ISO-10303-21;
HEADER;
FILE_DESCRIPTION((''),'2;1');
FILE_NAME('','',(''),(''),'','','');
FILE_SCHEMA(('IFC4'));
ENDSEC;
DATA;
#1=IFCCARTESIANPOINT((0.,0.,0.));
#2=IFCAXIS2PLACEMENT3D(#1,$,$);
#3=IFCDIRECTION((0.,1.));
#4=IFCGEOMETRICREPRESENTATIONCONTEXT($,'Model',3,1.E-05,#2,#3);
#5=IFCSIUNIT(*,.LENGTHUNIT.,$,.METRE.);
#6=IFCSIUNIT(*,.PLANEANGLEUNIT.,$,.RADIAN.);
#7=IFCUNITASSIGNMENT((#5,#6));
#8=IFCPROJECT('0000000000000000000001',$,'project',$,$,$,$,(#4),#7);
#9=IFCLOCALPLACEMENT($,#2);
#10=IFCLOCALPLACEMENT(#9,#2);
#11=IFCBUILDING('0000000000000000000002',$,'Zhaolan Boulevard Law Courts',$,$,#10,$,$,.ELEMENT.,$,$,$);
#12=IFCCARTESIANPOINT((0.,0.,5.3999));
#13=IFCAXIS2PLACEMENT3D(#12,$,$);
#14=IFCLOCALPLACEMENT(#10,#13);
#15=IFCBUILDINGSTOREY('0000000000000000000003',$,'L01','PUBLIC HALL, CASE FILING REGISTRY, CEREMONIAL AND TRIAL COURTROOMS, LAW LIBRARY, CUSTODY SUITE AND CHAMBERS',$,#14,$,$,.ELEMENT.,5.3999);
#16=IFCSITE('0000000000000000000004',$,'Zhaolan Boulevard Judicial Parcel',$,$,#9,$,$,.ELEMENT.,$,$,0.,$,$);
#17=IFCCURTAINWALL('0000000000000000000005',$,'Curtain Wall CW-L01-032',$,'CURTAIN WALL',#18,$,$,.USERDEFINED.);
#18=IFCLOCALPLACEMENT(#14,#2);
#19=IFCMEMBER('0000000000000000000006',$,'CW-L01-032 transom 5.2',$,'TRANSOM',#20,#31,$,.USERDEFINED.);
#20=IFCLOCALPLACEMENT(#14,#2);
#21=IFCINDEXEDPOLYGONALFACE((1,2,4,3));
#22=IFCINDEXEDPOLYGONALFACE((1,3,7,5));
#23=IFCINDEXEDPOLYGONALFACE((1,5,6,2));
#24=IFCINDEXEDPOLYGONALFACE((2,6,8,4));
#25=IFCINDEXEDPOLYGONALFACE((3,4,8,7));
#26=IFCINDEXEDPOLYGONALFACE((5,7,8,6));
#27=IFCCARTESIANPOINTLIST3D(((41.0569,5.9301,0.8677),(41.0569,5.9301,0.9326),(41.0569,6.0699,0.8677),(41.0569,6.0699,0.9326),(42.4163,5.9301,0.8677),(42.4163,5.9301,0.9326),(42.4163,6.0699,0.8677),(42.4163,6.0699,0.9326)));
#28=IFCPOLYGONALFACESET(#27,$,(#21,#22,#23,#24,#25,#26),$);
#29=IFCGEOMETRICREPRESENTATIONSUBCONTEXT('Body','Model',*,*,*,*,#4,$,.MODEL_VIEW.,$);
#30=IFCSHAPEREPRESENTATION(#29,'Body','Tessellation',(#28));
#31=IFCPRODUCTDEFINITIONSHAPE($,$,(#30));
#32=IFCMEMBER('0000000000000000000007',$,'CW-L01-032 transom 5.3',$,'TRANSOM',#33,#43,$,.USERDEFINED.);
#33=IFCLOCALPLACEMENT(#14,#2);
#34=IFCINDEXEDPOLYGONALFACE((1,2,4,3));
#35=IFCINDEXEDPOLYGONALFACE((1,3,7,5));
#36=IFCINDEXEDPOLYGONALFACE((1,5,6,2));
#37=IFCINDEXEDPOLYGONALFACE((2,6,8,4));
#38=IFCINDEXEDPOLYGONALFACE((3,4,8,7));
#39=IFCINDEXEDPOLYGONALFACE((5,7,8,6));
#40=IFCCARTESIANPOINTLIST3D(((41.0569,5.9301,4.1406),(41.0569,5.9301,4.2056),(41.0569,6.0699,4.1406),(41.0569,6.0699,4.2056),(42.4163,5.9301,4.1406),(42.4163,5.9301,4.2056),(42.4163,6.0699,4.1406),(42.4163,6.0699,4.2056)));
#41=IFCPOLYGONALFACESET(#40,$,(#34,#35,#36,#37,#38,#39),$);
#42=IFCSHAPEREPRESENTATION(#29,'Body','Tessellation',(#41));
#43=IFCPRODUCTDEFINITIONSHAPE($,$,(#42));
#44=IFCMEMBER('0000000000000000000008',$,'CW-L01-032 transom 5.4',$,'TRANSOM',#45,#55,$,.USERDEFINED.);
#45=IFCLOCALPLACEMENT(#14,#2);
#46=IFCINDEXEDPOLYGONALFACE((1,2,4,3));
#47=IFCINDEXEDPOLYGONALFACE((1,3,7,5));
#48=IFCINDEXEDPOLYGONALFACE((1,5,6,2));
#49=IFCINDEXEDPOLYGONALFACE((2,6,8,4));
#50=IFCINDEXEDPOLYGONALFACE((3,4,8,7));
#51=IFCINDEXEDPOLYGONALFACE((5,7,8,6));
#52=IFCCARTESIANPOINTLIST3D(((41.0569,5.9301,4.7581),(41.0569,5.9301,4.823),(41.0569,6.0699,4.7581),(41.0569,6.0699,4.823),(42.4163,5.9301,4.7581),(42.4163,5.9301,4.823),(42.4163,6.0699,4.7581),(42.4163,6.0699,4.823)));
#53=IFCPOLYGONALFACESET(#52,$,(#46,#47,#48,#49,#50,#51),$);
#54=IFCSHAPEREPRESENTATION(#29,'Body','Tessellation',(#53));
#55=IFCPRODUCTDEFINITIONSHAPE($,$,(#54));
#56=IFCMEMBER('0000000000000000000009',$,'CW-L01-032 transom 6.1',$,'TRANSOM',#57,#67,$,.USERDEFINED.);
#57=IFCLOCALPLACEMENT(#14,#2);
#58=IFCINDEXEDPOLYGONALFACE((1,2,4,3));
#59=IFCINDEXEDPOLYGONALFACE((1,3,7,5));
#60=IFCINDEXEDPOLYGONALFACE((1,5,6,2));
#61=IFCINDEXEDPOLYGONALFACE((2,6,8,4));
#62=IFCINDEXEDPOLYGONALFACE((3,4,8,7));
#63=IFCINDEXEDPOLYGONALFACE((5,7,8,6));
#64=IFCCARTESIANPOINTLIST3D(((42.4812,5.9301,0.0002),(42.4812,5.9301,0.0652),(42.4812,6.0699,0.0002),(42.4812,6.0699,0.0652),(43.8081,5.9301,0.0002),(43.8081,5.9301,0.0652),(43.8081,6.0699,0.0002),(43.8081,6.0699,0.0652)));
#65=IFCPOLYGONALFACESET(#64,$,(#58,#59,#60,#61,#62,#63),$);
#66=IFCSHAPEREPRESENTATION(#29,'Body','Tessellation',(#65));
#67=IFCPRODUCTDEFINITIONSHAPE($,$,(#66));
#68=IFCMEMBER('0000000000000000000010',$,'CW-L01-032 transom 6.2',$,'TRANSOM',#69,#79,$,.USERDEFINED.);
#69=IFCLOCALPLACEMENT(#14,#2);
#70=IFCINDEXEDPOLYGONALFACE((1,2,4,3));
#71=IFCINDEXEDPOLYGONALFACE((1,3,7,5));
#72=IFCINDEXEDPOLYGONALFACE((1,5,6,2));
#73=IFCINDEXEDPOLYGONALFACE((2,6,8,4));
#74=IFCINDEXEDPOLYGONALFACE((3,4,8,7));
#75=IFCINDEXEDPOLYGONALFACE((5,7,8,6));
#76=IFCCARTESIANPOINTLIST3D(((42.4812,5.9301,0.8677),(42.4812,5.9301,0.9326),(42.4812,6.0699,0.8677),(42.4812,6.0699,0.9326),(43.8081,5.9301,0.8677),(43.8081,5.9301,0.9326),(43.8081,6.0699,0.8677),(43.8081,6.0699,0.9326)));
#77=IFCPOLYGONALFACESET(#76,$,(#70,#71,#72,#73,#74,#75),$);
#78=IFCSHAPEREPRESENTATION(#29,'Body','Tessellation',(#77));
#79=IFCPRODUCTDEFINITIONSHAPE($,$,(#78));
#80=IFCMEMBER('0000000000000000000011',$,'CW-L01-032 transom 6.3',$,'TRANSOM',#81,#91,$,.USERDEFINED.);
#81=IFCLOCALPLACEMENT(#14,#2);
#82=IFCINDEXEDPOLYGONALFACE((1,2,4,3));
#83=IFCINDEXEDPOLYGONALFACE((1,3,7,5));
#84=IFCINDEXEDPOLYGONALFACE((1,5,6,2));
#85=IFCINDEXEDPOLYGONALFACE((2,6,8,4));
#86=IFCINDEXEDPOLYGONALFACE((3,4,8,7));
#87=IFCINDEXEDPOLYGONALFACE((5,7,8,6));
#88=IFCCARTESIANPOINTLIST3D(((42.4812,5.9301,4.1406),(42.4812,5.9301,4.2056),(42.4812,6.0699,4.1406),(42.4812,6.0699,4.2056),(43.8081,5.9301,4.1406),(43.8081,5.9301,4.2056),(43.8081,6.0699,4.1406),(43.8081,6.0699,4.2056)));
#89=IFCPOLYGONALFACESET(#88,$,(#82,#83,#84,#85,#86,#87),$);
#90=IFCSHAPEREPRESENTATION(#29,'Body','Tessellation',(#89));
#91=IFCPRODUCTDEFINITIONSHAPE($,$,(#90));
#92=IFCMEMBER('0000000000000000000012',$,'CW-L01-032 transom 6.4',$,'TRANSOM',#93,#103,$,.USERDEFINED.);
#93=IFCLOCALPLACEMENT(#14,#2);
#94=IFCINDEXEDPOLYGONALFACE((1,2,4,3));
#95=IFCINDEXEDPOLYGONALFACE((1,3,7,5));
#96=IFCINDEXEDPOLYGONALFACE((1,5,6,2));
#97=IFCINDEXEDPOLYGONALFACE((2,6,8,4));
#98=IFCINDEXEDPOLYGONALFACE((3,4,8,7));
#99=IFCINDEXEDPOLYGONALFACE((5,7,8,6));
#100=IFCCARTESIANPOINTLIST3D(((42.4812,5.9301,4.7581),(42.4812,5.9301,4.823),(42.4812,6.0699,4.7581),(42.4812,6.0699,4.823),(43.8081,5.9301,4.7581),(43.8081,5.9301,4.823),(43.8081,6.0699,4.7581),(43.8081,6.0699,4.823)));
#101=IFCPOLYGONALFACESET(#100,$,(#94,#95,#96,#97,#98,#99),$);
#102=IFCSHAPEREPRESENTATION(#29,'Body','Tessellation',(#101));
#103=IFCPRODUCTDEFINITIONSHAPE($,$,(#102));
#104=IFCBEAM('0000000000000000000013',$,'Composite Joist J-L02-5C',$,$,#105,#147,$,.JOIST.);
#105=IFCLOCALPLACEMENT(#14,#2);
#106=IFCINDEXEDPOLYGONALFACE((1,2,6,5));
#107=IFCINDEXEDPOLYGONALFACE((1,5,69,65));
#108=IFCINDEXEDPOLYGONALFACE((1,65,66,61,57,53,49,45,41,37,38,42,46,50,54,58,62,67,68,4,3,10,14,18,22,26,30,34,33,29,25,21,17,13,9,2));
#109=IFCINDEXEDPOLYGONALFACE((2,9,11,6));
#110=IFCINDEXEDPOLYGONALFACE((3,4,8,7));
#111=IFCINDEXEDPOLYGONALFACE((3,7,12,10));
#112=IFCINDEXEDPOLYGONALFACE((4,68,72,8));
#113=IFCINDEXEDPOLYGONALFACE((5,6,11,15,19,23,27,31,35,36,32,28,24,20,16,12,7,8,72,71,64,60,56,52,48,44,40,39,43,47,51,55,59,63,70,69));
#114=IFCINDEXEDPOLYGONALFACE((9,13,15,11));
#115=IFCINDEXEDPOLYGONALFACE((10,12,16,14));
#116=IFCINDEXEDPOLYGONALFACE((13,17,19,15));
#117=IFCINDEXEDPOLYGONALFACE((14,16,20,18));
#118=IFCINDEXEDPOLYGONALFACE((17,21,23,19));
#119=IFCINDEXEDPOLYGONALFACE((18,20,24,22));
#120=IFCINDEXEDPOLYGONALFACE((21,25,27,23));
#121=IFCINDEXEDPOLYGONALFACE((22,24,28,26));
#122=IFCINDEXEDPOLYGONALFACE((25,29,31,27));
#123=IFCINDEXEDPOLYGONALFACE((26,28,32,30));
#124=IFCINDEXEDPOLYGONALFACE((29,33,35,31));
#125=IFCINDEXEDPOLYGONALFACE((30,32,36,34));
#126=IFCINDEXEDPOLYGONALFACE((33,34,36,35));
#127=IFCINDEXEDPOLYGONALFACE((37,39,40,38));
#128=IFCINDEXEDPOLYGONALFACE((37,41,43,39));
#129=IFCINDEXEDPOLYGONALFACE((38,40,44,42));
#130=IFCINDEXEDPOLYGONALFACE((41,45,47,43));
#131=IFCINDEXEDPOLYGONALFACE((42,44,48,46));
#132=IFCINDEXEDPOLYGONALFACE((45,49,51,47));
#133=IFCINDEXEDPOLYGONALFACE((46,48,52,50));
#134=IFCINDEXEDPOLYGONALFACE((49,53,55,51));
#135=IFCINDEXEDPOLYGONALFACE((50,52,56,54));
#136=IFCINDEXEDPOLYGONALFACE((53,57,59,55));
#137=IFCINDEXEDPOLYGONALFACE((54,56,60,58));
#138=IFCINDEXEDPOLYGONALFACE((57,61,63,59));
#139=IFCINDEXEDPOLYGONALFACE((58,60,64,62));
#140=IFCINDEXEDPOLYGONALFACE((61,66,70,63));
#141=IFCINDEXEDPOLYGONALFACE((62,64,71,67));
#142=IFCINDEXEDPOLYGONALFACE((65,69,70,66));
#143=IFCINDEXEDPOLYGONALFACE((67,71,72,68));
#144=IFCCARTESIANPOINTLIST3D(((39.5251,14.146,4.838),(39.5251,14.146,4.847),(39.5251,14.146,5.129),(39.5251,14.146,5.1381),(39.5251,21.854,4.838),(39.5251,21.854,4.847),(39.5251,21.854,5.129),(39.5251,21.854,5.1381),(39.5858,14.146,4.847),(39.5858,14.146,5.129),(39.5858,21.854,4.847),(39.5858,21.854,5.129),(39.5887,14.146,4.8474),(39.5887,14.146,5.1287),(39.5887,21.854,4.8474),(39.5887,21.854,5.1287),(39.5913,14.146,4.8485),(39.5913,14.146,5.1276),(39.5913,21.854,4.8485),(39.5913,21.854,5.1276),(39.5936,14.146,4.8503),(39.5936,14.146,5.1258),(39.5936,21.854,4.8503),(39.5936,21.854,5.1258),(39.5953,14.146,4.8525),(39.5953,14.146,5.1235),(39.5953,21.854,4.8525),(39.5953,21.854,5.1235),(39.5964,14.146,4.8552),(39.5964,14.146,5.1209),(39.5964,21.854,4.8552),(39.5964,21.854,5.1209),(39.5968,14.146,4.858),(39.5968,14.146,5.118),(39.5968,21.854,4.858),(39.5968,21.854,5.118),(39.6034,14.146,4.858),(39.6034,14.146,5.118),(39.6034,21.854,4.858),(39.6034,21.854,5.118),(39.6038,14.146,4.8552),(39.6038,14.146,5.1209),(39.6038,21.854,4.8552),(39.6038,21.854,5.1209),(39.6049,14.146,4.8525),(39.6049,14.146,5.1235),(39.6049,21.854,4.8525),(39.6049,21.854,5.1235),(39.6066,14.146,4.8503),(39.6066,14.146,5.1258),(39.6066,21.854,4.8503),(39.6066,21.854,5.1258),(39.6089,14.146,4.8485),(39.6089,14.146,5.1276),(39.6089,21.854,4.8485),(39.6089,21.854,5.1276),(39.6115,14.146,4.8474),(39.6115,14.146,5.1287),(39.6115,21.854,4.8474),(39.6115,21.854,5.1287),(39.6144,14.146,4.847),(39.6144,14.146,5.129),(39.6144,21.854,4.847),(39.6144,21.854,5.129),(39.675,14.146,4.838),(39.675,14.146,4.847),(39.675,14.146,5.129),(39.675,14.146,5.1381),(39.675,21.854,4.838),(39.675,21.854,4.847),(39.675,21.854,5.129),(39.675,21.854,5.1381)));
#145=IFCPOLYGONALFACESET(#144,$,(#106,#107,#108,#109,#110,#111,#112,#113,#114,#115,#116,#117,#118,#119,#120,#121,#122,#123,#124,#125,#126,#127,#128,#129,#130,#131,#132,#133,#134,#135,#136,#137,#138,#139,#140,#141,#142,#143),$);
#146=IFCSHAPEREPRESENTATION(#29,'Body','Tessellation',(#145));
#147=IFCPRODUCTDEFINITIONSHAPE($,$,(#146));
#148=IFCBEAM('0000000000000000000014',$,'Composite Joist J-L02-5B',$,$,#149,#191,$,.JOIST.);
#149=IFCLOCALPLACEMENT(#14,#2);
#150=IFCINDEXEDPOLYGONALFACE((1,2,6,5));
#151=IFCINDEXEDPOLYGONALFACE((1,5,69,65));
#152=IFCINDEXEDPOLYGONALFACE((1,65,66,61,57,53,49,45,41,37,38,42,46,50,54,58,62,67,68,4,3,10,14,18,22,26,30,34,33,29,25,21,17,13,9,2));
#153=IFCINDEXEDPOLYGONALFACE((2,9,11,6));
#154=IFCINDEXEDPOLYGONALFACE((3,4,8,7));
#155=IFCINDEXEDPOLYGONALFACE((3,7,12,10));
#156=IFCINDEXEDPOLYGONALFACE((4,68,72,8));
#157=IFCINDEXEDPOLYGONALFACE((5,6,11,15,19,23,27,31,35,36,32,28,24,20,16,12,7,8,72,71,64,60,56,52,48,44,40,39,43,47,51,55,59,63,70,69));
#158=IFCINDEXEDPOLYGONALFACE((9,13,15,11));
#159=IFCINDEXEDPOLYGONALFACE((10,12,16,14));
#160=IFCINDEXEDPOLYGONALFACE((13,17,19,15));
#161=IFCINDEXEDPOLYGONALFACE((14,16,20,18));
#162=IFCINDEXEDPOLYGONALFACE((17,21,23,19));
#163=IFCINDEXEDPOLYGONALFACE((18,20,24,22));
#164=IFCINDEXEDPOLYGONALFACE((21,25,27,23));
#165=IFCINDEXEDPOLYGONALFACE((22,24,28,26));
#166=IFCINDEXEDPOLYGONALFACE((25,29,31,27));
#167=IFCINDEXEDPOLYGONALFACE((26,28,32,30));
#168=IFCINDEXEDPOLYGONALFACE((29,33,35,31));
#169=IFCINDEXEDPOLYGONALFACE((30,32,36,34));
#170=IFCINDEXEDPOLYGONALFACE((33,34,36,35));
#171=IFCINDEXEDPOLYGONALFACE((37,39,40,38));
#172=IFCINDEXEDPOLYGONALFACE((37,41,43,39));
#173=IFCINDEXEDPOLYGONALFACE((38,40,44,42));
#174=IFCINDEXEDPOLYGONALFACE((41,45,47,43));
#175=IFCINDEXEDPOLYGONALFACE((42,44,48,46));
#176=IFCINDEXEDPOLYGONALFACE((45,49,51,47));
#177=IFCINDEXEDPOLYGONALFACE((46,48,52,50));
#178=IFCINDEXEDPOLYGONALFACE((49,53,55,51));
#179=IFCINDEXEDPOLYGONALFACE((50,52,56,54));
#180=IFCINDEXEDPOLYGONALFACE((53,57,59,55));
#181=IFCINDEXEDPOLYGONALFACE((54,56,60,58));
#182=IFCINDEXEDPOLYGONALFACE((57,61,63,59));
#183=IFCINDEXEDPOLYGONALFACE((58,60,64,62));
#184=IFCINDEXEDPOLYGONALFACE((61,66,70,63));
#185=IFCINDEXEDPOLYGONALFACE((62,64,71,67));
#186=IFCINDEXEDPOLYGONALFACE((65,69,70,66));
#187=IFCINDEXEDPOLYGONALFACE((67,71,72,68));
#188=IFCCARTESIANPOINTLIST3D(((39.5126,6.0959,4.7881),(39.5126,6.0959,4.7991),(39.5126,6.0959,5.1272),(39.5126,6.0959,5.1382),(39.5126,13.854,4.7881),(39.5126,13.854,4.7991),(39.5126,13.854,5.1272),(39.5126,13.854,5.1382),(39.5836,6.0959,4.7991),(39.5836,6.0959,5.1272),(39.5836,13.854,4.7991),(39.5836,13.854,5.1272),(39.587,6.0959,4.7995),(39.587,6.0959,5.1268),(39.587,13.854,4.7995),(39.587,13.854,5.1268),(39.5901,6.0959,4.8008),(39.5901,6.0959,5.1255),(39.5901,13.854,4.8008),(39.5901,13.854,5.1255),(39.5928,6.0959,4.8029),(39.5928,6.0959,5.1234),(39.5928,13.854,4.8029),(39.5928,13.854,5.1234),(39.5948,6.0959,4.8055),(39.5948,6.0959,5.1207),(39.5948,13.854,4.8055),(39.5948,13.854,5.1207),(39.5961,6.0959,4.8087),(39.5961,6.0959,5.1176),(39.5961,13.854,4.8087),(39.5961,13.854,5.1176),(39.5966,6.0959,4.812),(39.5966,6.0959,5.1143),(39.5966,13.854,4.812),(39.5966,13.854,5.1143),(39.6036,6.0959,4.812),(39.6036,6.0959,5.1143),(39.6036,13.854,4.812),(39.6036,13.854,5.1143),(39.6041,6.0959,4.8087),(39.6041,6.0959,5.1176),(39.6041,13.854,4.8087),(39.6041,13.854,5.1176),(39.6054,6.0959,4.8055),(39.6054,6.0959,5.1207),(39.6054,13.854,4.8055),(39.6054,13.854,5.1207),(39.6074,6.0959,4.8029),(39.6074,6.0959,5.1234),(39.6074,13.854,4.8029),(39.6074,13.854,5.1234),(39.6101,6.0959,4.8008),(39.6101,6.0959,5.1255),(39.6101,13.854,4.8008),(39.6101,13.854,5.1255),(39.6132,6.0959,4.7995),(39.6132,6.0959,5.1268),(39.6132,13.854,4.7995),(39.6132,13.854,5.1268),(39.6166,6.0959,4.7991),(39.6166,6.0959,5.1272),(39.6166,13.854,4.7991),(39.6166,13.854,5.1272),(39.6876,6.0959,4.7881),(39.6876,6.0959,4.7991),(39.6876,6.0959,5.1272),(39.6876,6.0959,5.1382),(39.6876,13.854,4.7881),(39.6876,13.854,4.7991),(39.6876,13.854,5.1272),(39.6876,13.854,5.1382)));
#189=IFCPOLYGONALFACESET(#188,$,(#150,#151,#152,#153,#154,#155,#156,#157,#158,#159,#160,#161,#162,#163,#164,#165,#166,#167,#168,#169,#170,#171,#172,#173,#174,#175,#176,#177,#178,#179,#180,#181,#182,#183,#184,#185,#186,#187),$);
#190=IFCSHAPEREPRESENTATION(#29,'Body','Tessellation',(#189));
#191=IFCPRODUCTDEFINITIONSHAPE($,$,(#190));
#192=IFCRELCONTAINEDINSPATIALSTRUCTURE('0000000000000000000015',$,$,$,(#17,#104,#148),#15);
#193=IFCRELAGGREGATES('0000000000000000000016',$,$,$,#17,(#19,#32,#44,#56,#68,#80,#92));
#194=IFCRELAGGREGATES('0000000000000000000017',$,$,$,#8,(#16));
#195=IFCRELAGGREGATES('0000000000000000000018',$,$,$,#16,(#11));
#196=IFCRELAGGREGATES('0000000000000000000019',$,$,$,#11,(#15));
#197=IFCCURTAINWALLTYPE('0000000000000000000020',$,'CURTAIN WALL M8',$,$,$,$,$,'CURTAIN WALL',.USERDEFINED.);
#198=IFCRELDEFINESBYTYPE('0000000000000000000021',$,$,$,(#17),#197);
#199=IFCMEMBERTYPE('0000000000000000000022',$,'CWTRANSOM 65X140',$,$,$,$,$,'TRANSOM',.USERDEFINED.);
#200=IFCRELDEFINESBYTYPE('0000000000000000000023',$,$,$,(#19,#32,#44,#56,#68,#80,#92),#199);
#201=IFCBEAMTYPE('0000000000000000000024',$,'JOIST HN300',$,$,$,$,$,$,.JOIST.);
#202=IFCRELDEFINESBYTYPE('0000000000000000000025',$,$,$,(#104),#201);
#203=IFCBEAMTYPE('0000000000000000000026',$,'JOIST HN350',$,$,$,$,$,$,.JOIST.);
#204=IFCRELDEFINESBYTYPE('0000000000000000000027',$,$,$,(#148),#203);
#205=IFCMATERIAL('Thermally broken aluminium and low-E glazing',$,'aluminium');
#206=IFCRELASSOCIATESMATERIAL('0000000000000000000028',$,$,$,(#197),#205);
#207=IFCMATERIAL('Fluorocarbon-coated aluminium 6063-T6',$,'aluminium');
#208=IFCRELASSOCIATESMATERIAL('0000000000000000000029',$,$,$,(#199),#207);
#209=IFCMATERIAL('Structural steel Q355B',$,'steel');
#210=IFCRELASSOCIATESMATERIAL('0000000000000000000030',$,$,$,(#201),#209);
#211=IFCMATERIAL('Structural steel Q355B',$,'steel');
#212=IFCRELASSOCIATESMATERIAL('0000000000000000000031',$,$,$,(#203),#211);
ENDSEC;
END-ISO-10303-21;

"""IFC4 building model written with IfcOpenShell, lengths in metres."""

from ifc_helpers import new_model, si_unit, direction, frame, origin, origin_2d, place, context, subcontext, project, spatial, rectangle, i_section, extrude, material, material_profile, profile_set, type_object, element, aggregate, save


model = new_model("IFC4")

# Units and contexts
model_context = context("Model", 3, precision=1e-05, world=origin(), true_north=direction((0.0, 1.0)))
body_context = subcontext(model_context, "Body", "Model", "MODEL_VIEW")
ifc_project = project(units=[si_unit("LENGTHUNIT", "METRE"), si_unit("PLANEANGLEUNIT", "RADIAN")], contexts=[model_context])

# Site, building, storey
site_placement = place(None, origin())
site = spatial("IfcSite", under=ifc_project, at=site_placement, Name="Zhaolan Boulevard Judicial Parcel", CompositionType="ELEMENT", RefElevation=0.0)
building_placement = place(site_placement, origin())
building = spatial("IfcBuilding", under=site, at=building_placement, Name="Zhaolan Boulevard Law Courts", CompositionType="ELEMENT")
storey_placement = place(building_placement, frame((0.0, 0.0, 5.3999)))
storey = spatial("IfcBuildingStorey", under=building, at=storey_placement, Name="L01", Description="PUBLIC HALL, CASE FILING REGISTRY, CEREMONIAL AND TRIAL COURTROOMS, LAW LIBRARY, CUSTODY SUITE AND CHAMBERS", CompositionType="ELEMENT", Elevation=5.3999)

# Curtain wall, members
ifc_material_1 = material(Name="Thermally broken aluminium and low-E glazing", Category="aluminium")
curtain_wall_type = type_object("IfcCurtainWallType", Name="CURTAIN WALL M8", ElementType="CURTAIN WALL", PredefinedType="USERDEFINED", material=ifc_material_1)
curtain_wall_placement = place(storey_placement, origin())
curtain_wall = element("IfcCurtainWall", 1, at=curtain_wall_placement, inside=storey, type_object=curtain_wall_type, Name="Curtain Wall CW-L01-032", ObjectType="CURTAIN WALL", PredefinedType="USERDEFINED")
ifc_material_2 = material(Name="Fluorocarbon-coated aluminium 6063-T6", Category="aluminium")
ifc_material_profile_1 = material_profile(ifc_material_2, rectangle(XDim=0.1399, YDim=0.0649, at=origin_2d()), Name="AL65x140")
ifc_profile_set_1 = profile_set([ifc_material_profile_1], Name="Fluorocarbon-coated aluminium 6063-T6")
member_type_1 = type_object("IfcMemberType", Name="CWTRANSOM 65X140", ElementType="TRANSOM", PredefinedType="USERDEFINED", material=ifc_profile_set_1)
member_1_placement = place(storey_placement, frame((41.0569, 6.0, 0.9001), z_axis=(1.0, 0.0, 0.0), x_axis=(0.0, 1.0, 0.0)))
member_1 = element("IfcMember", 2, at=member_1_placement, type_object=member_type_1, Name="CW-L01-032 transom 5.2", ObjectType="TRANSOM", PredefinedType="USERDEFINED", context=body_context, shape_type="SweptSolid", body=[
    extrude(rectangle(XDim=0.1399, YDim=0.0649, at=origin_2d()), origin(), (0.0, 0.0, 1.0), 1.3594),
])
member_2_placement = place(storey_placement, frame((41.0569, 6.0, 4.1731), z_axis=(1.0, 0.0, 0.0), x_axis=(0.0, 1.0, 0.0)))
member_2 = element("IfcMember", 3, at=member_2_placement, type_object=member_type_1, Name="CW-L01-032 transom 5.3", ObjectType="TRANSOM", PredefinedType="USERDEFINED", context=body_context, shape_type="SweptSolid", body=[
    extrude(rectangle(XDim=0.1399, YDim=0.0649, at=origin_2d()), origin(), (0.0, 0.0, 1.0), 1.3594),
])
member_3_placement = place(storey_placement, frame((41.0569, 6.0, 4.7905), z_axis=(1.0, 0.0, 0.0), x_axis=(0.0, 1.0, 0.0)))
member_3 = element("IfcMember", 4, at=member_3_placement, type_object=member_type_1, Name="CW-L01-032 transom 5.4", ObjectType="TRANSOM", PredefinedType="USERDEFINED", context=body_context, shape_type="SweptSolid", body=[
    extrude(rectangle(XDim=0.1399, YDim=0.0649, at=origin_2d()), origin(), (0.0, 0.0, 1.0), 1.3594),
])
member_4_placement = place(storey_placement, frame((42.4812, 6.0, 0.0327), z_axis=(1.0, 0.0, 0.0), x_axis=(0.0, 1.0, 0.0)))
member_4 = element("IfcMember", 5, at=member_4_placement, type_object=member_type_1, Name="CW-L01-032 transom 6.1", ObjectType="TRANSOM", PredefinedType="USERDEFINED", context=body_context, shape_type="SweptSolid", body=[
    extrude(rectangle(XDim=0.1399, YDim=0.0649, at=origin_2d()), origin(), (0.0, 0.0, 1.0), 1.3269),
])
member_5_placement = place(storey_placement, frame((42.4812, 6.0, 0.9001), z_axis=(1.0, 0.0, 0.0), x_axis=(0.0, 1.0, 0.0)))
member_5 = element("IfcMember", 6, at=member_5_placement, type_object=member_type_1, Name="CW-L01-032 transom 6.2", ObjectType="TRANSOM", PredefinedType="USERDEFINED", context=body_context, shape_type="SweptSolid", body=[
    extrude(rectangle(XDim=0.1399, YDim=0.0649, at=origin_2d()), origin(), (0.0, 0.0, 1.0), 1.3269),
])
member_6_placement = place(storey_placement, frame((42.4812, 6.0, 4.1731), z_axis=(1.0, 0.0, 0.0), x_axis=(0.0, 1.0, 0.0)))
member_6 = element("IfcMember", 7, at=member_6_placement, type_object=member_type_1, Name="CW-L01-032 transom 6.3", ObjectType="TRANSOM", PredefinedType="USERDEFINED", context=body_context, shape_type="SweptSolid", body=[
    extrude(rectangle(XDim=0.1399, YDim=0.0649, at=origin_2d()), origin(), (0.0, 0.0, 1.0), 1.3269),
])
member_7_placement = place(storey_placement, frame((42.4812, 6.0, 4.7905), z_axis=(1.0, 0.0, 0.0), x_axis=(0.0, 1.0, 0.0)))
member_7 = element("IfcMember", 8, at=member_7_placement, type_object=member_type_1, Name="CW-L01-032 transom 6.4", ObjectType="TRANSOM", PredefinedType="USERDEFINED", context=body_context, shape_type="SweptSolid", body=[
    extrude(rectangle(XDim=0.1399, YDim=0.0649, at=origin_2d()), origin(), (0.0, 0.0, 1.0), 1.3269),
])

# Beams
ifc_material_3 = material(Name="Structural steel Q355B", Category="steel")
ifc_material_profile_2 = material_profile(ifc_material_3, i_section(OverallWidth=0.1499, OverallDepth=0.3, WebThickness=0.0066, FlangeThickness=0.009, FilletRadius=0.011, at=origin_2d()), Name="HN300x150")
ifc_profile_set_2 = profile_set([ifc_material_profile_2], Name="Structural steel Q355B")
beam_type_1 = type_object("IfcBeamType", Name="JOIST HN300", PredefinedType="JOIST", material=ifc_profile_set_2)
beam_1_placement = place(storey_placement, frame((39.6001, 14.146, 4.988), z_axis=(0.0, 1.0, 0.0), x_axis=(-1.0, 0.0, 0.0)))
element("IfcBeam", 9, at=beam_1_placement, inside=storey, type_object=beam_type_1, Name="Composite Joist J-L02-5C", PredefinedType="JOIST", context=body_context, shape_type="SweptSolid", body=[
    extrude(i_section(OverallWidth=0.1499, OverallDepth=0.3, WebThickness=0.0066, FlangeThickness=0.009, FilletRadius=0.011, at=origin_2d()), origin(), (0.0, 0.0, 1.0), 7.708),
])
ifc_material_4 = material(Name="Structural steel Q355B", Category="steel")
ifc_material_profile_3 = material_profile(ifc_material_4, i_section(OverallWidth=0.175, OverallDepth=0.3501, WebThickness=0.0071, FlangeThickness=0.011, FilletRadius=0.0129, at=origin_2d()), Name="HN350x175")
ifc_profile_set_3 = profile_set([ifc_material_profile_3], Name="Structural steel Q355B")
beam_type_2 = type_object("IfcBeamType", Name="JOIST HN350", PredefinedType="JOIST", material=ifc_profile_set_3)
beam_2_placement = place(storey_placement, frame((39.6001, 6.0959, 4.9631), z_axis=(0.0, 1.0, 0.0), x_axis=(-1.0, 0.0, 0.0)))
element("IfcBeam", 10, at=beam_2_placement, inside=storey, type_object=beam_type_2, Name="Composite Joist J-L02-5B", PredefinedType="JOIST", context=body_context, shape_type="SweptSolid", body=[
    extrude(i_section(OverallWidth=0.175, OverallDepth=0.3501, WebThickness=0.0071, FlangeThickness=0.011, FilletRadius=0.0129, at=origin_2d()), origin(), (0.0, 0.0, 1.0), 7.7581),
])

aggregate(curtain_wall, [member_1, member_2, member_3, member_4, member_5, member_6, member_7])

save(model, "model.ifc")
